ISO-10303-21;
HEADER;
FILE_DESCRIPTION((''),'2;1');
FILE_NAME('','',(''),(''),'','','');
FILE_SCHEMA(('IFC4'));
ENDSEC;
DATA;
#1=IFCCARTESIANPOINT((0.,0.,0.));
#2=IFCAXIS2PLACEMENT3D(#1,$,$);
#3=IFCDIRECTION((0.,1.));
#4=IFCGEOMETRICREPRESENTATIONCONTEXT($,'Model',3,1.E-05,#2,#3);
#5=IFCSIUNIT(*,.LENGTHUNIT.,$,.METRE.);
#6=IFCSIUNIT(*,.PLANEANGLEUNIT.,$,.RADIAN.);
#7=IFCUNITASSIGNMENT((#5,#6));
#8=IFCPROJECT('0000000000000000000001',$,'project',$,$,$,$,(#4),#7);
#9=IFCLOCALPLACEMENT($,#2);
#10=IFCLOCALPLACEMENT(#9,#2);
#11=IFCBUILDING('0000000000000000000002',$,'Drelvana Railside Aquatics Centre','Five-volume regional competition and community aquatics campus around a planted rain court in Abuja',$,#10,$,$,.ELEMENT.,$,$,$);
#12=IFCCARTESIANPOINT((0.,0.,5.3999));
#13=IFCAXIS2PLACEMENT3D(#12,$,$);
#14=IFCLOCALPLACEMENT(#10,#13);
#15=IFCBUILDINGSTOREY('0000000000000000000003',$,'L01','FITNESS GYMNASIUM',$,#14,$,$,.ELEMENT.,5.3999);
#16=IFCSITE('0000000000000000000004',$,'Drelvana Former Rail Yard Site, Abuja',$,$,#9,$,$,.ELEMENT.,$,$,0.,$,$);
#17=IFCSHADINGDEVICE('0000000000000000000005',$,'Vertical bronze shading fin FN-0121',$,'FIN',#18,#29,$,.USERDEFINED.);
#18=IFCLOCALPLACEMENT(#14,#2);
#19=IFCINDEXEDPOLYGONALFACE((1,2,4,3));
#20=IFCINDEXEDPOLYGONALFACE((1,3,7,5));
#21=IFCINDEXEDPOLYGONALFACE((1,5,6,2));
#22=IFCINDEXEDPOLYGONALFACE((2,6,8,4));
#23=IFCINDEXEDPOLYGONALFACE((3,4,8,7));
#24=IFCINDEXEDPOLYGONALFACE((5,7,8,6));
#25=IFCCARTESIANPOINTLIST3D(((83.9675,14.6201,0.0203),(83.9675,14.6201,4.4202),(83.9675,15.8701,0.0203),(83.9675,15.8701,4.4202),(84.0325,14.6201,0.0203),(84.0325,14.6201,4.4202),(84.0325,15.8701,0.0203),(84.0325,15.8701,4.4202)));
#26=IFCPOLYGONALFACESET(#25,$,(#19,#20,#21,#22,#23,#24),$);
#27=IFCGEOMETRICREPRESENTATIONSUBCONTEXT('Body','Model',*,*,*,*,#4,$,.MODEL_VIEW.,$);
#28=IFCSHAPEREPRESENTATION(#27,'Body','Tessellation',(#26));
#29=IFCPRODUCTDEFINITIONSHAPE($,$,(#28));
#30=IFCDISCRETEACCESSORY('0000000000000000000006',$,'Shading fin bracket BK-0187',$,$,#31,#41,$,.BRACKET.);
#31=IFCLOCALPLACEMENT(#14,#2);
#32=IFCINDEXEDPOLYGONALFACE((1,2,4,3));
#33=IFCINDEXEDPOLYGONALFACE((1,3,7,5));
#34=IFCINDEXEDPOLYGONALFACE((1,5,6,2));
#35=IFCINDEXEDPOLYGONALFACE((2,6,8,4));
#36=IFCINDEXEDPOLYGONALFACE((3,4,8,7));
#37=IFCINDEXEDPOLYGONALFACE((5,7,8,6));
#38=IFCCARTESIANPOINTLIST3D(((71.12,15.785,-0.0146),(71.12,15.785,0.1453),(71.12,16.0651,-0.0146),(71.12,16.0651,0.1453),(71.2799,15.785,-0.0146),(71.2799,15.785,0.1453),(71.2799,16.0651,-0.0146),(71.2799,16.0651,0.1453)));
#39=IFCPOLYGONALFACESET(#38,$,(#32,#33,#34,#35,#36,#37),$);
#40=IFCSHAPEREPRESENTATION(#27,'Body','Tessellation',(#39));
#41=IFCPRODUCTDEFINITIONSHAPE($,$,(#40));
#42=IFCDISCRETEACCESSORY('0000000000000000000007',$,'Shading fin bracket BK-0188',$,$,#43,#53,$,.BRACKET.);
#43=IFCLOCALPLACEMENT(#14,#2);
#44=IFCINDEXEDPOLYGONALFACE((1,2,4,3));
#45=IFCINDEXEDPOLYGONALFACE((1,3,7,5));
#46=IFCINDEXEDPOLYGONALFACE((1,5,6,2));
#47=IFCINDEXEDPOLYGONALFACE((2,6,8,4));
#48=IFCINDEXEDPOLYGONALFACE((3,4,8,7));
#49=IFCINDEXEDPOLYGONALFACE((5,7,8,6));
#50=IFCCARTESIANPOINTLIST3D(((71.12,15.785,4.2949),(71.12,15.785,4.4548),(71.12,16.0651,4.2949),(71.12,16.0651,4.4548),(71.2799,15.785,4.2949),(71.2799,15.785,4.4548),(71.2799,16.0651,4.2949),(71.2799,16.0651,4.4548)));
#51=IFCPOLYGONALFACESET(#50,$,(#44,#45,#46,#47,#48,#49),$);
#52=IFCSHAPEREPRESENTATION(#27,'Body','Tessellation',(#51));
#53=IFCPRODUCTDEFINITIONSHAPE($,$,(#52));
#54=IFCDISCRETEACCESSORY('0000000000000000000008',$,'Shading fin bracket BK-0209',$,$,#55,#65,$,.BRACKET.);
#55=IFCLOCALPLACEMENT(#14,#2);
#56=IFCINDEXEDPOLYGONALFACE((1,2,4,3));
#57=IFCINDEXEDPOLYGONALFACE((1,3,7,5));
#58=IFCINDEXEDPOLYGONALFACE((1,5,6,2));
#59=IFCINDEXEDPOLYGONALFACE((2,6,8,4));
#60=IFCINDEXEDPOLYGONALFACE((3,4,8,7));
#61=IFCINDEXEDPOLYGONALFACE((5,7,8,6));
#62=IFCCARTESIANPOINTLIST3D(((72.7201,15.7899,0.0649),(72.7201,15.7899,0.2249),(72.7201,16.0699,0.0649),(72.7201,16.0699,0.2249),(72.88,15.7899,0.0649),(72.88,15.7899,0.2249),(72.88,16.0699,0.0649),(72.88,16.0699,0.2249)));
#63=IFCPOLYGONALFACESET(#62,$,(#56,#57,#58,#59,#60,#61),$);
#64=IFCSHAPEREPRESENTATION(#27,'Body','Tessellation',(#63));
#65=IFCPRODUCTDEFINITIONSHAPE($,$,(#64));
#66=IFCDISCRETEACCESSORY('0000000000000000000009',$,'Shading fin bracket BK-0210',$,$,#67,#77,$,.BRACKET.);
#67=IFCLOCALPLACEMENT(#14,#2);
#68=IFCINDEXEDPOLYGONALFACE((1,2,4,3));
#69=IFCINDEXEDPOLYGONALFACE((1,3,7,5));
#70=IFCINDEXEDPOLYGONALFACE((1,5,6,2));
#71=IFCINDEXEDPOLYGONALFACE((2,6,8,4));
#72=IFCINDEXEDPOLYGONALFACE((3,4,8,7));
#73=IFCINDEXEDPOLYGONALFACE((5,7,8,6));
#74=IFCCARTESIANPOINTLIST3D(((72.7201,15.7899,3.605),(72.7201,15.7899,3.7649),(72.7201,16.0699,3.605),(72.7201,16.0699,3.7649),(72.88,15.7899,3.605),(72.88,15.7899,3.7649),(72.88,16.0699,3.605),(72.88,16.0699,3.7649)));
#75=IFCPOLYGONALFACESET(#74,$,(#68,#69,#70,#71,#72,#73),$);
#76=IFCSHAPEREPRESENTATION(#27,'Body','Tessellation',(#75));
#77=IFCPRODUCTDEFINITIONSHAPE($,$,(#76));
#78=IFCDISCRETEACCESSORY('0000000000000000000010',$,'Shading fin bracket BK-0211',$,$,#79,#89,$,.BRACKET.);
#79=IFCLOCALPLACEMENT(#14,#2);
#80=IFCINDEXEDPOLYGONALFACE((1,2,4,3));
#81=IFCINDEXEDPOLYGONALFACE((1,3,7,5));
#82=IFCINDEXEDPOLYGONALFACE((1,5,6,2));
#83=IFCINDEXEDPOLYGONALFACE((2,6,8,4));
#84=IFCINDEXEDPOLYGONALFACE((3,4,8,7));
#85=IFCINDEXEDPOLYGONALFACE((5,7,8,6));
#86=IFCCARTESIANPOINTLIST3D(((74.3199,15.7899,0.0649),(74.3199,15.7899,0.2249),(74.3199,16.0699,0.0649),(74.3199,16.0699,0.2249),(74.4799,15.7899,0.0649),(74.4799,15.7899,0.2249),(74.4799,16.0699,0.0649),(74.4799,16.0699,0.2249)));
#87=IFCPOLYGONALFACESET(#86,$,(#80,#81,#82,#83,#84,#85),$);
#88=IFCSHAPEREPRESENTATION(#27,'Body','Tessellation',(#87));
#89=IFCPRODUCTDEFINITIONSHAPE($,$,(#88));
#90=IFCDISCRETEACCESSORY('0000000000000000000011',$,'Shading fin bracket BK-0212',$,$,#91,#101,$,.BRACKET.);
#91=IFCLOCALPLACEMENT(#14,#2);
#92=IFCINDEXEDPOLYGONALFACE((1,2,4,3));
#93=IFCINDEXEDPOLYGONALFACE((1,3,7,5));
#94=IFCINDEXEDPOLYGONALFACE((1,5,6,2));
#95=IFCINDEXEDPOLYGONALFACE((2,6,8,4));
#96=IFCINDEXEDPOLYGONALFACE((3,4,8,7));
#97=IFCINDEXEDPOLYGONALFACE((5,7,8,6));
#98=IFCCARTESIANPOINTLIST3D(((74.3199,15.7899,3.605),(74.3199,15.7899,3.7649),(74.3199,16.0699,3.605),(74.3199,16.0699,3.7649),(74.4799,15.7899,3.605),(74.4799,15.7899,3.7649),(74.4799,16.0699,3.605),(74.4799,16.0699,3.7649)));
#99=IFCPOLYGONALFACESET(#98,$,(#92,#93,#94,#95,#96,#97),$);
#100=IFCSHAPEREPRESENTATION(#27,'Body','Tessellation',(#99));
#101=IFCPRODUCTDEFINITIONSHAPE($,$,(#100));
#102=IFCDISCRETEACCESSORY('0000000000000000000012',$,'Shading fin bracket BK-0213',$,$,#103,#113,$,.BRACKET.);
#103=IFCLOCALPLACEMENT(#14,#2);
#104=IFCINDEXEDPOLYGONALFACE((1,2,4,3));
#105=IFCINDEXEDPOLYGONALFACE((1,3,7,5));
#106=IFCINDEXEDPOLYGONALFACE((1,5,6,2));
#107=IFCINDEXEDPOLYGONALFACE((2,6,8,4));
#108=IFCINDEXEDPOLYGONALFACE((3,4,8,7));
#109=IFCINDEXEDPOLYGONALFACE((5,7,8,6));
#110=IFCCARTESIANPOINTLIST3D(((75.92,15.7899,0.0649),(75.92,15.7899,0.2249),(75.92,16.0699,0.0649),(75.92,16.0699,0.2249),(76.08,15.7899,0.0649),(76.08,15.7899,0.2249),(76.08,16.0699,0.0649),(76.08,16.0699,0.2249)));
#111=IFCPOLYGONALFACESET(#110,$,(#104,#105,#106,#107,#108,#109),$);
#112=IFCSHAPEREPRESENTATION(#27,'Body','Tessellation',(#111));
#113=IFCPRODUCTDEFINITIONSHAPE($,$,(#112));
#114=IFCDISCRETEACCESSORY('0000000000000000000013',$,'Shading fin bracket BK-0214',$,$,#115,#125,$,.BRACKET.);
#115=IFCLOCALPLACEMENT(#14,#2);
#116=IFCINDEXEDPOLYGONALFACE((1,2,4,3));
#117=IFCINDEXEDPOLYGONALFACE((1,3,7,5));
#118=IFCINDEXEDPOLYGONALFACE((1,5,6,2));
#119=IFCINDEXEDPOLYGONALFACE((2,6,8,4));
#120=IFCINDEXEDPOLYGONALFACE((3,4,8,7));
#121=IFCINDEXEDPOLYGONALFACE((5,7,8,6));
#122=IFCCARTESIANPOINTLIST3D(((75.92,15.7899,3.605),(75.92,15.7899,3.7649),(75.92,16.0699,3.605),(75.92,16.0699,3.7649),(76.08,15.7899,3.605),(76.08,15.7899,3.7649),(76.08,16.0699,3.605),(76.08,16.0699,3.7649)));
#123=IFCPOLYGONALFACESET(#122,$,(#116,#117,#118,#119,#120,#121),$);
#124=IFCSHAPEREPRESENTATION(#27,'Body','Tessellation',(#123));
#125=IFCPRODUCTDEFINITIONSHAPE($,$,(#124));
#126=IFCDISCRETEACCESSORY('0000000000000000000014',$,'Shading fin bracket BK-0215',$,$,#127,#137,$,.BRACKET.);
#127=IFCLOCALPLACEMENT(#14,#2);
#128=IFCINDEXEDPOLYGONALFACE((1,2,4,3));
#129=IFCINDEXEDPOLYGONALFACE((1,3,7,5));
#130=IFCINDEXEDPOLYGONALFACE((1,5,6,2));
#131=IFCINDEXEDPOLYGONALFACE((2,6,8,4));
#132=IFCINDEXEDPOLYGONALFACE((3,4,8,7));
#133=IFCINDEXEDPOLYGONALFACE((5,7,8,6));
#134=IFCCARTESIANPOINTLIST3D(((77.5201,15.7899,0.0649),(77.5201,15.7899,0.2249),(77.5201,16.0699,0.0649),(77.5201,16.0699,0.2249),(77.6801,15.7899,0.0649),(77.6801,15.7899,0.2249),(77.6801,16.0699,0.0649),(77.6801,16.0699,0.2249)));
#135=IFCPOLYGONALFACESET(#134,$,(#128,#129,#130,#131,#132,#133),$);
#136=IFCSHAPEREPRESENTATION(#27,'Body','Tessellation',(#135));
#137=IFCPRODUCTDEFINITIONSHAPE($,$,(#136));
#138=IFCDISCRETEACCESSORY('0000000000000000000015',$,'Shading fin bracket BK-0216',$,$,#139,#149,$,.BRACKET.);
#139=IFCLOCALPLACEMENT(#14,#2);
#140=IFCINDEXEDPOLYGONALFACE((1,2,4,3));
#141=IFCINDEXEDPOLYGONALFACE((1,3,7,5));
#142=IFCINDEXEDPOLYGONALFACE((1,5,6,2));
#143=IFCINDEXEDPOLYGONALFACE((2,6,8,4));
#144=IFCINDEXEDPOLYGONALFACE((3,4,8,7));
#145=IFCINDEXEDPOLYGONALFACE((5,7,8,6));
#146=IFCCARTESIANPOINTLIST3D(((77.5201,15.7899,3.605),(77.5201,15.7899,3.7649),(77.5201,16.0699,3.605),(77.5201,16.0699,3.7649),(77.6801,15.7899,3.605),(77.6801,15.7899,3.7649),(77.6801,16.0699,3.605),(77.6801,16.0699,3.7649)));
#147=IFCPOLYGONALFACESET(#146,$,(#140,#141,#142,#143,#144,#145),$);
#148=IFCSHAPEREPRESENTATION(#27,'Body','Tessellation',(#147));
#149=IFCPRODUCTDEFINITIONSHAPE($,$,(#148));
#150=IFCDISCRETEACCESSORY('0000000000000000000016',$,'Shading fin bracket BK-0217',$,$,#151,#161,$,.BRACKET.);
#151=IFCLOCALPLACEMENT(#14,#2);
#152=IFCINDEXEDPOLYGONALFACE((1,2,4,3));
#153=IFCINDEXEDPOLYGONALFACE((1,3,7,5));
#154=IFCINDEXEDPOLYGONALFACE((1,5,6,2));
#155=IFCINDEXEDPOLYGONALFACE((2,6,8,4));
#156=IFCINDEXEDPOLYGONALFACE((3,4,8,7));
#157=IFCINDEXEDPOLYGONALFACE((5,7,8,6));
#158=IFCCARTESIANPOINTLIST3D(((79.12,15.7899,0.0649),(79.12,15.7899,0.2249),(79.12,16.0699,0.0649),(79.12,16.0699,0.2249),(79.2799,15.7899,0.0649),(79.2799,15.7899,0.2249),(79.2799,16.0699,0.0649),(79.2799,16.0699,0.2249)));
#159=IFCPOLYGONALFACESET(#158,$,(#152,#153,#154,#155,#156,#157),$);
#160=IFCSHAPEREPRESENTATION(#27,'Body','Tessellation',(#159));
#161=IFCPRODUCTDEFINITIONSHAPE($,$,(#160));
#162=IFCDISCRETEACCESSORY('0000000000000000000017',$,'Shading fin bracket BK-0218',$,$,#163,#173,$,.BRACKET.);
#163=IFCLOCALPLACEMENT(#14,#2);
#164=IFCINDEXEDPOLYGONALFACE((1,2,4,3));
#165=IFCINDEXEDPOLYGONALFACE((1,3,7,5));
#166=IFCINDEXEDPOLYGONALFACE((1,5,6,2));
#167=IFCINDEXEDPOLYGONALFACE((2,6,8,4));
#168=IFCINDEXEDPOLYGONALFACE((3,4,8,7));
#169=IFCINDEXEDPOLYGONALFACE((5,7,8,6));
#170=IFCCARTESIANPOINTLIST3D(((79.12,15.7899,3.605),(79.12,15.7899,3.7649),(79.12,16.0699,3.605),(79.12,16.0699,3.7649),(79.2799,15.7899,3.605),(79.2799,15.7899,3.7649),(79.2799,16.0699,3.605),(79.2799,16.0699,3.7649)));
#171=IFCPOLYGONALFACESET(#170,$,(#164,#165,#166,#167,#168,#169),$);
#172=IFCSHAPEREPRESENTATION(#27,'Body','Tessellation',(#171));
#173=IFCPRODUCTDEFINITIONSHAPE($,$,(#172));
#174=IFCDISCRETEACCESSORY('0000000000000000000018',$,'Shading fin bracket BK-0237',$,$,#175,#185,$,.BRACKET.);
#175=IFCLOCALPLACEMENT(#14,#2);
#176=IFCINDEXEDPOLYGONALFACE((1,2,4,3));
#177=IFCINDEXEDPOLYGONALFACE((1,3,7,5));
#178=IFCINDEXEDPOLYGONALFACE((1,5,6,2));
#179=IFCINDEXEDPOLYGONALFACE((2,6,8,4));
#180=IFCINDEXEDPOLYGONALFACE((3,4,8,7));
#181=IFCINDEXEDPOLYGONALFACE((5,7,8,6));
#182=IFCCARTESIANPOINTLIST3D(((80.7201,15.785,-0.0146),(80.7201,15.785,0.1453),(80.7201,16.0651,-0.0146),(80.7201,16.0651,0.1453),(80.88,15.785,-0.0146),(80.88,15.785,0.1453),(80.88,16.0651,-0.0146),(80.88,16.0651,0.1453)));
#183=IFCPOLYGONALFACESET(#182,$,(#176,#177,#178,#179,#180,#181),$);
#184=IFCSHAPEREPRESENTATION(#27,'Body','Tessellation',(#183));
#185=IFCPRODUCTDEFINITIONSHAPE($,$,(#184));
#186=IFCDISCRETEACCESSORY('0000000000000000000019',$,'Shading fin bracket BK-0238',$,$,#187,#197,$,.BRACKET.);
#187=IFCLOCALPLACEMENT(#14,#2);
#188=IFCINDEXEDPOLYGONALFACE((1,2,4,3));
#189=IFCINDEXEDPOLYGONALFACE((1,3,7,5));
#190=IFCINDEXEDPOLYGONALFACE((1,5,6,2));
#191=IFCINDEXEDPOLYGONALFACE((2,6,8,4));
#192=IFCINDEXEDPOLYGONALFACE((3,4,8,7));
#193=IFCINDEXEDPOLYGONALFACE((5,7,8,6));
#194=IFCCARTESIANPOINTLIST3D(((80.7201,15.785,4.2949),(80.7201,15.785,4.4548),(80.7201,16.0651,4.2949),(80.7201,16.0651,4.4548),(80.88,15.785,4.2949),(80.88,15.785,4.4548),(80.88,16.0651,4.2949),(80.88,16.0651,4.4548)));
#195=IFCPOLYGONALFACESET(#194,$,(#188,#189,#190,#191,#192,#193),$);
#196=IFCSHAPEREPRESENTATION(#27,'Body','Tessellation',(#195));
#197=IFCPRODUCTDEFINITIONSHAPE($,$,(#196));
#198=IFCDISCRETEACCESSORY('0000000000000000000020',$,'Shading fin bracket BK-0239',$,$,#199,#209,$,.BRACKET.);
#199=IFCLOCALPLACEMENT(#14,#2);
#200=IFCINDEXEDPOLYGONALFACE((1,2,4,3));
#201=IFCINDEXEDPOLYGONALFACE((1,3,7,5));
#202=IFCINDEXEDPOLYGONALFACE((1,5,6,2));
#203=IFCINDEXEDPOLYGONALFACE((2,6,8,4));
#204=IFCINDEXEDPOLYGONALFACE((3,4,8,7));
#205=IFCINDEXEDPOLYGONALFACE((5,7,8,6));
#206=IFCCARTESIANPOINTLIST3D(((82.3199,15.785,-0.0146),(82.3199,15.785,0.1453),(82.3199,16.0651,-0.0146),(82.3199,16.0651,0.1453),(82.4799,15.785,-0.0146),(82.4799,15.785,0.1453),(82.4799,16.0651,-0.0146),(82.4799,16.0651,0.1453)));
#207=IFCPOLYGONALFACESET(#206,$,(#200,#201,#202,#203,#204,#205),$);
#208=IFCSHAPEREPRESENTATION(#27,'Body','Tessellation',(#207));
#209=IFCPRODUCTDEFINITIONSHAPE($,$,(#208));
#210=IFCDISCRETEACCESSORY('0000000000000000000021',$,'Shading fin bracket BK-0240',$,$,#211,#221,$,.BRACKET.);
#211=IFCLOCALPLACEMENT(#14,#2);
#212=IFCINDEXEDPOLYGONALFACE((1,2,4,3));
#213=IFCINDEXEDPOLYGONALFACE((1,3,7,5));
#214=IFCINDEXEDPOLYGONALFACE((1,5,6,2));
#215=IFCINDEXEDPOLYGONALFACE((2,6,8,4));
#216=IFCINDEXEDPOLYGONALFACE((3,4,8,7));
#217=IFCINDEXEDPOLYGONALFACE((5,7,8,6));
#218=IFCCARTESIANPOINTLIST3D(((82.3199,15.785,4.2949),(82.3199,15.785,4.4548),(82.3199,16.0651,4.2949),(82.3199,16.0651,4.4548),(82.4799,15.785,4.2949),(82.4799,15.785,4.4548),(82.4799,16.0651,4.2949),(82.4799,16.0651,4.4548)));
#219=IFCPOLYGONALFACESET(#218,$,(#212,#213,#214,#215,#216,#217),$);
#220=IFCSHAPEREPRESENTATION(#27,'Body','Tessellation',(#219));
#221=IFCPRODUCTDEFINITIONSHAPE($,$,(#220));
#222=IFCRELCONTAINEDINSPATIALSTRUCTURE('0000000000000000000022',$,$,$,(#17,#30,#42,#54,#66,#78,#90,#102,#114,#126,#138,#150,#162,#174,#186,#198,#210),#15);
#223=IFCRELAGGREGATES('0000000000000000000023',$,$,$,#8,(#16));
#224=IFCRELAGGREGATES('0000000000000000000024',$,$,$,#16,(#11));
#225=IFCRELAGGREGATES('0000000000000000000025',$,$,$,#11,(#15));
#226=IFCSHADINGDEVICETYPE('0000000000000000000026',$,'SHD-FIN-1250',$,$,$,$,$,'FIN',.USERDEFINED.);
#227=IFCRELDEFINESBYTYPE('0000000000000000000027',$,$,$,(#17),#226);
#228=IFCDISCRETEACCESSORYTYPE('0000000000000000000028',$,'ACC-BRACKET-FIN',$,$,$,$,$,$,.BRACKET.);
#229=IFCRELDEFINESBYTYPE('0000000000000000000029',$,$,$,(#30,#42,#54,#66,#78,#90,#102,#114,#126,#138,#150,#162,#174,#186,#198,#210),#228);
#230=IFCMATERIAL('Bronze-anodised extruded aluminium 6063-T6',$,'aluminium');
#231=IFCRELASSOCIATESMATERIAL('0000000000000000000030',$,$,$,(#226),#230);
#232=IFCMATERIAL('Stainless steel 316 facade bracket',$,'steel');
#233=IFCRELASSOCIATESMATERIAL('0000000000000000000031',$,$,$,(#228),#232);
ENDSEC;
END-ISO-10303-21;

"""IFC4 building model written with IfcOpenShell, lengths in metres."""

from ifc_helpers import new_model, si_unit, direction, frame, origin, origin_2d, place, context, subcontext, project, spatial, rectangle, extrude, material, type_object, element, save


model = new_model("IFC4")

# Units and contexts
model_context = context("Model", 3, precision=1e-05, world=origin(), true_north=direction((0.0, 1.0)))
body_context = subcontext(model_context, "Body", "Model", "MODEL_VIEW")
ifc_project = project(units=[si_unit("LENGTHUNIT", "METRE"), si_unit("PLANEANGLEUNIT", "RADIAN")], contexts=[model_context])

# Site, building, storey
site_placement = place(None, origin())
site = spatial("IfcSite", under=ifc_project, at=site_placement, Name="Drelvana Former Rail Yard Site, Abuja", CompositionType="ELEMENT", RefElevation=0.0)
building_placement = place(site_placement, origin())
building = spatial("IfcBuilding", under=site, at=building_placement, Name="Drelvana Railside Aquatics Centre", Description="Five-volume regional competition and community aquatics campus around a planted rain court in Abuja", CompositionType="ELEMENT")
storey_placement = place(building_placement, frame((0.0, 0.0, 5.3999)))
storey = spatial("IfcBuildingStorey", under=building, at=storey_placement, Name="L01", Description="FITNESS GYMNASIUM", CompositionType="ELEMENT", Elevation=5.3999)

# Shared definitions
ifc_material_1 = material(Name="Bronze-anodised extruded aluminium 6063-T6", Category="aluminium")

# Shading device
shading_device_type = type_object("IfcShadingDeviceType", Name="SHD-FIN-1250", ElementType="FIN", PredefinedType="USERDEFINED", material=ifc_material_1)
for number, where, z_axis, x_axis, name in (
    (1, (84.0, 15.2451, 0.0203), (0.0, 0.0, 1.0), (0.0, -1.0, 0.0), "Vertical bronze shading fin FN-0121"),
):
    element("IfcShadingDevice", number, at=place(storey_placement, frame(where, z_axis=z_axis, x_axis=x_axis)), inside=storey, type_object=shading_device_type, Name=name, ObjectType="FIN", PredefinedType="USERDEFINED", context=body_context, shape_type="SweptSolid", body=[
        extrude(rectangle(XDim=1.25, YDim=0.0649, at=origin_2d()), origin(), (0.0, 0.0, 1.0), 4.3999),
    ])

# Discrete accessories
ifc_material_2 = material(Name="Stainless steel 316 facade bracket", Category="steel")
discrete_accessory_type = type_object("IfcDiscreteAccessoryType", Name="ACC-BRACKET-FIN", PredefinedType="BRACKET", material=ifc_material_2)
for number, where, z_axis, x_axis, name in (
    (2, (71.2, 15.925, -0.0146), (0.0, 0.0, 1.0), (0.0, -1.0, 0.0), "Shading fin bracket BK-0187"),
    (3, (71.2, 15.925, 4.2949), (0.0, 0.0, 1.0), (0.0, -1.0, 0.0), "Shading fin bracket BK-0188"),
    (4, (72.8, 15.9299, 0.0649), (0.0, 0.0, 1.0), (0.0, -1.0, 0.0), "Shading fin bracket BK-0209"),
    (5, (72.8, 15.9299, 3.605), (0.0, 0.0, 1.0), (0.0, -1.0, 0.0), "Shading fin bracket BK-0210"),
    (6, (74.3999, 15.9299, 0.0649), (0.0, 0.0, 1.0), (0.0, -1.0, 0.0), "Shading fin bracket BK-0211"),
    (7, (74.3999, 15.9299, 3.605), (0.0, 0.0, 1.0), (0.0, -1.0, 0.0), "Shading fin bracket BK-0212"),
    (8, (76.0, 15.9299, 0.0649), (0.0, 0.0, 1.0), (0.0, -1.0, 0.0), "Shading fin bracket BK-0213"),
    (9, (76.0, 15.9299, 3.605), (0.0, 0.0, 1.0), (0.0, -1.0, 0.0), "Shading fin bracket BK-0214"),
    (10, (77.6001, 15.9299, 0.0649), (0.0, 0.0, 1.0), (0.0, -1.0, 0.0), "Shading fin bracket BK-0215"),
    (11, (77.6001, 15.9299, 3.605), (0.0, 0.0, 1.0), (0.0, -1.0, 0.0), "Shading fin bracket BK-0216"),
    (12, (79.2, 15.9299, 0.0649), (0.0, 0.0, 1.0), (0.0, -1.0, 0.0), "Shading fin bracket BK-0217"),
    (13, (79.2, 15.9299, 3.605), (0.0, 0.0, 1.0), (0.0, -1.0, 0.0), "Shading fin bracket BK-0218"),
    (14, (80.8, 15.925, -0.0146), (0.0, 0.0, 1.0), (0.0, -1.0, 0.0), "Shading fin bracket BK-0237"),
    (15, (80.8, 15.925, 4.2949), (0.0, 0.0, 1.0), (0.0, -1.0, 0.0), "Shading fin bracket BK-0238"),
    (16, (82.3999, 15.925, -0.0146), (0.0, 0.0, 1.0), (0.0, -1.0, 0.0), "Shading fin bracket BK-0239"),
    (17, (82.3999, 15.925, 4.2949), (0.0, 0.0, 1.0), (0.0, -1.0, 0.0), "Shading fin bracket BK-0240"),
):
    element("IfcDiscreteAccessory", number, at=place(storey_placement, frame(where, z_axis=z_axis, x_axis=x_axis)), inside=storey, type_object=discrete_accessory_type, Name=name, PredefinedType="BRACKET", context=body_context, shape_type="SweptSolid", body=[
        extrude(rectangle(XDim=0.28, YDim=0.1599, at=origin_2d()), origin(), (0.0, 0.0, 1.0), 0.1599),
    ])

save(model, "model.ifc")
